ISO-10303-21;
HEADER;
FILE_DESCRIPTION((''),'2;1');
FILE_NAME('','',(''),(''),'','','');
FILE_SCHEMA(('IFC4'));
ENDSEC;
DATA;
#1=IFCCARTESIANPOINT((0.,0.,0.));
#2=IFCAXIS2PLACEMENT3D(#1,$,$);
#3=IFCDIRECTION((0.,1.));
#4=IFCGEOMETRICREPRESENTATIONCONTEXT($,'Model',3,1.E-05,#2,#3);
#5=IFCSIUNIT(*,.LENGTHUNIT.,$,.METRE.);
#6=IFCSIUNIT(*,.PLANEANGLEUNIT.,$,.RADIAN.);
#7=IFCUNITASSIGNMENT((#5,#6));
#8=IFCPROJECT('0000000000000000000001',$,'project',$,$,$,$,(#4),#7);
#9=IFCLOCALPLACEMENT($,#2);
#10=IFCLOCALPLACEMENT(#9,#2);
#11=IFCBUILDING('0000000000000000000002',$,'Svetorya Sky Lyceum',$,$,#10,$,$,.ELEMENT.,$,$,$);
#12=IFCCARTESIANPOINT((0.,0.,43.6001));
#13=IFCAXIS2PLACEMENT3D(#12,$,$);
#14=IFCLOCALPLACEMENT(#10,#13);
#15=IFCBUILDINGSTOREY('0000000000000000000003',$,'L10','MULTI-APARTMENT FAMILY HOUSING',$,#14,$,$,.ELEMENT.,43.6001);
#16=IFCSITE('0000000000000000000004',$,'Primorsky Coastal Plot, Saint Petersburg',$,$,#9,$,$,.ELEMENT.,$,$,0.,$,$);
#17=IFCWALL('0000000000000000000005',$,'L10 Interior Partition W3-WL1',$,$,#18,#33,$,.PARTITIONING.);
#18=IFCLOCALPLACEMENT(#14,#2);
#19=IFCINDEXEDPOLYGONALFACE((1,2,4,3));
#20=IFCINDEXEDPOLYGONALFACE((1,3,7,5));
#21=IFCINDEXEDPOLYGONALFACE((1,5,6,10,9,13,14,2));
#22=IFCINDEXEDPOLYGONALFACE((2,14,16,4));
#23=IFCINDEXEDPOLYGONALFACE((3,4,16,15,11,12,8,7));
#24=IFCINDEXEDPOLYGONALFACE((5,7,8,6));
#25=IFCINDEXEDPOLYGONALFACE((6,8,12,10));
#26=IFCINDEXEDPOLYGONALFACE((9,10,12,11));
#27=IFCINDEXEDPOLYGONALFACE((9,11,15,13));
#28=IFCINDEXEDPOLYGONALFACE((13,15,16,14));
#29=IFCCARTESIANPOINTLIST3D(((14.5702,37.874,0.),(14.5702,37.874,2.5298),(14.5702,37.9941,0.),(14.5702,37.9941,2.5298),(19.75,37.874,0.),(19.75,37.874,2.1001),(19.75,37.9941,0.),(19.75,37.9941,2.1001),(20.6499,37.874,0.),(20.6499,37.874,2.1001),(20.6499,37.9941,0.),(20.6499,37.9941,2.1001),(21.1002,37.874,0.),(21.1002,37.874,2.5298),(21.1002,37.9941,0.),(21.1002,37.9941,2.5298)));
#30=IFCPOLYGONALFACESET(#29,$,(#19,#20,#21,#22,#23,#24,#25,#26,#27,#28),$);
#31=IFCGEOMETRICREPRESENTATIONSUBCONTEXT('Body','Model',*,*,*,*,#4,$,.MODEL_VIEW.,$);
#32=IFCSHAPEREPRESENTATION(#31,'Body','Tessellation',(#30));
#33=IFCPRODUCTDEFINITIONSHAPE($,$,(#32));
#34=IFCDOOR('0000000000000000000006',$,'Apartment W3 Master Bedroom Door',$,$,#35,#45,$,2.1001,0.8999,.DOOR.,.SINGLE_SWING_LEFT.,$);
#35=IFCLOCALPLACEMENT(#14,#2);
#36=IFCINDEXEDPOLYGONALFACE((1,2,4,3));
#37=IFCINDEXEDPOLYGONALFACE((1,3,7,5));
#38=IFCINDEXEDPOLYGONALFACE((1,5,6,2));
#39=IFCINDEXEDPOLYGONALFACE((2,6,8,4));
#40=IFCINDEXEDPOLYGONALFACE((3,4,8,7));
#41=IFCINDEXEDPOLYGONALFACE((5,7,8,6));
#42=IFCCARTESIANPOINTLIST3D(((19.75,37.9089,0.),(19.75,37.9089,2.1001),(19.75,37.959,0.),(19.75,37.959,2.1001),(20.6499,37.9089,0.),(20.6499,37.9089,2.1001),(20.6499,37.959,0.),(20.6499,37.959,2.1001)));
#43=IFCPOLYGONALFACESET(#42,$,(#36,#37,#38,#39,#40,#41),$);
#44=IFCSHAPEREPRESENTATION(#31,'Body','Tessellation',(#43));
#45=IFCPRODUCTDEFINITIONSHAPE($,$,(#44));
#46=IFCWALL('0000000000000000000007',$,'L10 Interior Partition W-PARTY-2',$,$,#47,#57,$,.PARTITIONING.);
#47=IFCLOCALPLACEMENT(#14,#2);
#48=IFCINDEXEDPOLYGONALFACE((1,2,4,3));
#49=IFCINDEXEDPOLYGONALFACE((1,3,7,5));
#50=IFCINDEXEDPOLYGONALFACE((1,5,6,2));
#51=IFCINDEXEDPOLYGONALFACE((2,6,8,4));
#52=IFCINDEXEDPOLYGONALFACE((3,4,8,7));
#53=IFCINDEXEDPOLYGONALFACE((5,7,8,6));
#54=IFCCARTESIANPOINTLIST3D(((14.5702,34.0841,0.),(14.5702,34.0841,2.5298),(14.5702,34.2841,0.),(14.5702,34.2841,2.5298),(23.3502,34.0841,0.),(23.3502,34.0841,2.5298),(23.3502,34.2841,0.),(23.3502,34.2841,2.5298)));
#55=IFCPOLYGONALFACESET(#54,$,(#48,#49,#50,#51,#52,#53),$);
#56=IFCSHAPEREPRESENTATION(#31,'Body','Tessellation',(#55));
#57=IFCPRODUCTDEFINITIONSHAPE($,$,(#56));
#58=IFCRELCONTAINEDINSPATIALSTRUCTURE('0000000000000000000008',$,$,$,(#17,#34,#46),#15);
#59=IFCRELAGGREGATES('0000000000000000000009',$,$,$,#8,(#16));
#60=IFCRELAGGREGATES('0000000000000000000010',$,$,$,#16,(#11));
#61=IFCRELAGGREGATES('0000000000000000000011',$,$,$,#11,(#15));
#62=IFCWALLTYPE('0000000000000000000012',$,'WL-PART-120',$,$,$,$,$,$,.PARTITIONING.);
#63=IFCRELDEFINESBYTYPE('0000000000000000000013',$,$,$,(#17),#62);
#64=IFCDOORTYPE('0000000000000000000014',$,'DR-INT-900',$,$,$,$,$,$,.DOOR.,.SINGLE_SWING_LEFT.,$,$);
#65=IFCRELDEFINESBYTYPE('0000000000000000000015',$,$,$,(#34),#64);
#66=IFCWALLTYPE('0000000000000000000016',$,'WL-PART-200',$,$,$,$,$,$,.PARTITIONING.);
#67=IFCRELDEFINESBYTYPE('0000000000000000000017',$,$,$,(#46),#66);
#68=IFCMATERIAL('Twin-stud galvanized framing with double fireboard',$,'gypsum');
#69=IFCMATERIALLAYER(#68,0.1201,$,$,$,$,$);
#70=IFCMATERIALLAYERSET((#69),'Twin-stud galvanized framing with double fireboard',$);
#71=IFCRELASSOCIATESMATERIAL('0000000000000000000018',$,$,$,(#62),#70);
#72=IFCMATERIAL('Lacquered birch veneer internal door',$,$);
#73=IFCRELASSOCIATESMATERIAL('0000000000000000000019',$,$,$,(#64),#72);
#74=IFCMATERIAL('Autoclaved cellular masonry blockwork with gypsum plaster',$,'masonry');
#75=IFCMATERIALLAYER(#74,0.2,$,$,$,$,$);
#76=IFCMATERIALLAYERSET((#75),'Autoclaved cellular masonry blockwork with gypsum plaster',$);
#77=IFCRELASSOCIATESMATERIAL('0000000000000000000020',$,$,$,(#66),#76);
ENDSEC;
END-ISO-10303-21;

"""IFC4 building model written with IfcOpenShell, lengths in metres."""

from ifc_helpers import new_model, si_unit, direction, frame, frame_2d, origin, place, context, subcontext, project, spatial, rectangle, extrude, material, layer, layer_set, type_object, element, fill, save


model = new_model("IFC4")

# Units and contexts
model_context = context("Model", 3, precision=1e-05, world=origin(), true_north=direction((0.0, 1.0)))
body_context = subcontext(model_context, "Body", "Model", "MODEL_VIEW")
ifc_project = project(units=[si_unit("LENGTHUNIT", "METRE"), si_unit("PLANEANGLEUNIT", "RADIAN")], contexts=[model_context])

# Site, building, storey
site_placement = place(None, origin())
site = spatial("IfcSite", under=ifc_project, at=site_placement, Name="Primorsky Coastal Plot, Saint Petersburg", CompositionType="ELEMENT", RefElevation=0.0)
building_placement = place(site_placement, origin())
building = spatial("IfcBuilding", under=site, at=building_placement, Name="Svetorya Sky Lyceum", CompositionType="ELEMENT")
storey_placement = place(building_placement, frame((0.0, 0.0, 43.6001)))
storey = spatial("IfcBuildingStorey", under=building, at=storey_placement, Name="L10", Description="MULTI-APARTMENT FAMILY HOUSING", CompositionType="ELEMENT", Elevation=43.6001)

# Wall, opening, door
ifc_material_1 = material(Name="Twin-stud galvanized framing with double fireboard", Category="gypsum")
ifc_layer_1 = layer(ifc_material_1, 0.1201)
ifc_layer_set_1 = layer_set([ifc_layer_1], Name="Twin-stud galvanized framing with double fireboard")
wall_type_1 = type_object("IfcWallType", Name="WL-PART-120", PredefinedType="PARTITIONING", material=ifc_layer_set_1)
ifc_material_2 = material(Name="Lacquered birch veneer internal door")
door_type_1 = type_object("IfcDoorType", Name="DR-INT-900", OperationType="SINGLE_SWING_LEFT", PredefinedType="DOOR", material=ifc_material_2)
wall_1_placement = place(storey_placement, frame((14.5701, 37.9341, 0.0), z_axis=(0.0, 0.0, 1.0), x_axis=(1.0, 0.0, 0.0)))
wall_1 = element("IfcWall", 1, at=wall_1_placement, inside=storey, type_object=wall_type_1, Name="L10 Interior Partition W3-WL1", PredefinedType="PARTITIONING", context=body_context, shape_type="SweptSolid", body=[
    extrude(rectangle(XDim=6.53, YDim=0.1201, at=frame_2d((3.2651, 0.0))), origin(), (0.0, 0.0, 1.0), 2.5298),
])
opening_1_placement = place(wall_1_placement, frame((5.1799, 0.0, 0.0)))
opening_1 = element("IfcOpeningElement", 2, at=opening_1_placement, cuts=wall_1, PredefinedType="OPENING", context=body_context, shape_type="SweptSolid", body=[
    extrude(rectangle(XDim=0.8999, YDim=2.1001, at=frame_2d((0.45, 1.05))), frame((0.0, 0.0701, 0.0), z_axis=(0.0, -1.0, 0.0), x_axis=(1.0, 0.0, 0.0)), (0.0, 0.0, 1.0), 0.1401),
])
door_1_placement = place(opening_1_placement, origin())
door_1 = element("IfcDoor", 3, at=door_1_placement, inside=storey, type_object=door_type_1, Name="Apartment W3 Master Bedroom Door", OperationType="SINGLE_SWING_LEFT", OverallHeight=2.1001, OverallWidth=0.8999, PredefinedType="DOOR", context=body_context, shape_type="SweptSolid", body=[
    extrude(rectangle(XDim=0.8999, YDim=2.1001, at=frame_2d((0.45, 1.05))), frame((0.0, 0.0249, 0.0), z_axis=(0.0, -1.0, 0.0), x_axis=(1.0, 0.0, 0.0)), (0.0, 0.0, 1.0), 0.05),
])
fill(opening_1, door_1)

# Wall
ifc_material_3 = material(Name="Autoclaved cellular masonry blockwork with gypsum plaster", Category="masonry")
ifc_layer_2 = layer(ifc_material_3, 0.2)
ifc_layer_set_2 = layer_set([ifc_layer_2], Name="Autoclaved cellular masonry blockwork with gypsum plaster")
wall_type_2 = type_object("IfcWallType", Name="WL-PART-200", PredefinedType="PARTITIONING", material=ifc_layer_set_2)
wall_2_placement = place(storey_placement, frame((14.5701, 34.1841, 0.0), z_axis=(0.0, 0.0, 1.0), x_axis=(1.0, 0.0, 0.0)))
element("IfcWall", 4, at=wall_2_placement, inside=storey, type_object=wall_type_2, Name="L10 Interior Partition W-PARTY-2", PredefinedType="PARTITIONING", context=body_context, shape_type="SweptSolid", body=[
    extrude(rectangle(XDim=8.78, YDim=0.2, at=frame_2d((4.3901, 0.0))), origin(), (0.0, 0.0, 1.0), 2.5298),
])

save(model, "model.ifc")
